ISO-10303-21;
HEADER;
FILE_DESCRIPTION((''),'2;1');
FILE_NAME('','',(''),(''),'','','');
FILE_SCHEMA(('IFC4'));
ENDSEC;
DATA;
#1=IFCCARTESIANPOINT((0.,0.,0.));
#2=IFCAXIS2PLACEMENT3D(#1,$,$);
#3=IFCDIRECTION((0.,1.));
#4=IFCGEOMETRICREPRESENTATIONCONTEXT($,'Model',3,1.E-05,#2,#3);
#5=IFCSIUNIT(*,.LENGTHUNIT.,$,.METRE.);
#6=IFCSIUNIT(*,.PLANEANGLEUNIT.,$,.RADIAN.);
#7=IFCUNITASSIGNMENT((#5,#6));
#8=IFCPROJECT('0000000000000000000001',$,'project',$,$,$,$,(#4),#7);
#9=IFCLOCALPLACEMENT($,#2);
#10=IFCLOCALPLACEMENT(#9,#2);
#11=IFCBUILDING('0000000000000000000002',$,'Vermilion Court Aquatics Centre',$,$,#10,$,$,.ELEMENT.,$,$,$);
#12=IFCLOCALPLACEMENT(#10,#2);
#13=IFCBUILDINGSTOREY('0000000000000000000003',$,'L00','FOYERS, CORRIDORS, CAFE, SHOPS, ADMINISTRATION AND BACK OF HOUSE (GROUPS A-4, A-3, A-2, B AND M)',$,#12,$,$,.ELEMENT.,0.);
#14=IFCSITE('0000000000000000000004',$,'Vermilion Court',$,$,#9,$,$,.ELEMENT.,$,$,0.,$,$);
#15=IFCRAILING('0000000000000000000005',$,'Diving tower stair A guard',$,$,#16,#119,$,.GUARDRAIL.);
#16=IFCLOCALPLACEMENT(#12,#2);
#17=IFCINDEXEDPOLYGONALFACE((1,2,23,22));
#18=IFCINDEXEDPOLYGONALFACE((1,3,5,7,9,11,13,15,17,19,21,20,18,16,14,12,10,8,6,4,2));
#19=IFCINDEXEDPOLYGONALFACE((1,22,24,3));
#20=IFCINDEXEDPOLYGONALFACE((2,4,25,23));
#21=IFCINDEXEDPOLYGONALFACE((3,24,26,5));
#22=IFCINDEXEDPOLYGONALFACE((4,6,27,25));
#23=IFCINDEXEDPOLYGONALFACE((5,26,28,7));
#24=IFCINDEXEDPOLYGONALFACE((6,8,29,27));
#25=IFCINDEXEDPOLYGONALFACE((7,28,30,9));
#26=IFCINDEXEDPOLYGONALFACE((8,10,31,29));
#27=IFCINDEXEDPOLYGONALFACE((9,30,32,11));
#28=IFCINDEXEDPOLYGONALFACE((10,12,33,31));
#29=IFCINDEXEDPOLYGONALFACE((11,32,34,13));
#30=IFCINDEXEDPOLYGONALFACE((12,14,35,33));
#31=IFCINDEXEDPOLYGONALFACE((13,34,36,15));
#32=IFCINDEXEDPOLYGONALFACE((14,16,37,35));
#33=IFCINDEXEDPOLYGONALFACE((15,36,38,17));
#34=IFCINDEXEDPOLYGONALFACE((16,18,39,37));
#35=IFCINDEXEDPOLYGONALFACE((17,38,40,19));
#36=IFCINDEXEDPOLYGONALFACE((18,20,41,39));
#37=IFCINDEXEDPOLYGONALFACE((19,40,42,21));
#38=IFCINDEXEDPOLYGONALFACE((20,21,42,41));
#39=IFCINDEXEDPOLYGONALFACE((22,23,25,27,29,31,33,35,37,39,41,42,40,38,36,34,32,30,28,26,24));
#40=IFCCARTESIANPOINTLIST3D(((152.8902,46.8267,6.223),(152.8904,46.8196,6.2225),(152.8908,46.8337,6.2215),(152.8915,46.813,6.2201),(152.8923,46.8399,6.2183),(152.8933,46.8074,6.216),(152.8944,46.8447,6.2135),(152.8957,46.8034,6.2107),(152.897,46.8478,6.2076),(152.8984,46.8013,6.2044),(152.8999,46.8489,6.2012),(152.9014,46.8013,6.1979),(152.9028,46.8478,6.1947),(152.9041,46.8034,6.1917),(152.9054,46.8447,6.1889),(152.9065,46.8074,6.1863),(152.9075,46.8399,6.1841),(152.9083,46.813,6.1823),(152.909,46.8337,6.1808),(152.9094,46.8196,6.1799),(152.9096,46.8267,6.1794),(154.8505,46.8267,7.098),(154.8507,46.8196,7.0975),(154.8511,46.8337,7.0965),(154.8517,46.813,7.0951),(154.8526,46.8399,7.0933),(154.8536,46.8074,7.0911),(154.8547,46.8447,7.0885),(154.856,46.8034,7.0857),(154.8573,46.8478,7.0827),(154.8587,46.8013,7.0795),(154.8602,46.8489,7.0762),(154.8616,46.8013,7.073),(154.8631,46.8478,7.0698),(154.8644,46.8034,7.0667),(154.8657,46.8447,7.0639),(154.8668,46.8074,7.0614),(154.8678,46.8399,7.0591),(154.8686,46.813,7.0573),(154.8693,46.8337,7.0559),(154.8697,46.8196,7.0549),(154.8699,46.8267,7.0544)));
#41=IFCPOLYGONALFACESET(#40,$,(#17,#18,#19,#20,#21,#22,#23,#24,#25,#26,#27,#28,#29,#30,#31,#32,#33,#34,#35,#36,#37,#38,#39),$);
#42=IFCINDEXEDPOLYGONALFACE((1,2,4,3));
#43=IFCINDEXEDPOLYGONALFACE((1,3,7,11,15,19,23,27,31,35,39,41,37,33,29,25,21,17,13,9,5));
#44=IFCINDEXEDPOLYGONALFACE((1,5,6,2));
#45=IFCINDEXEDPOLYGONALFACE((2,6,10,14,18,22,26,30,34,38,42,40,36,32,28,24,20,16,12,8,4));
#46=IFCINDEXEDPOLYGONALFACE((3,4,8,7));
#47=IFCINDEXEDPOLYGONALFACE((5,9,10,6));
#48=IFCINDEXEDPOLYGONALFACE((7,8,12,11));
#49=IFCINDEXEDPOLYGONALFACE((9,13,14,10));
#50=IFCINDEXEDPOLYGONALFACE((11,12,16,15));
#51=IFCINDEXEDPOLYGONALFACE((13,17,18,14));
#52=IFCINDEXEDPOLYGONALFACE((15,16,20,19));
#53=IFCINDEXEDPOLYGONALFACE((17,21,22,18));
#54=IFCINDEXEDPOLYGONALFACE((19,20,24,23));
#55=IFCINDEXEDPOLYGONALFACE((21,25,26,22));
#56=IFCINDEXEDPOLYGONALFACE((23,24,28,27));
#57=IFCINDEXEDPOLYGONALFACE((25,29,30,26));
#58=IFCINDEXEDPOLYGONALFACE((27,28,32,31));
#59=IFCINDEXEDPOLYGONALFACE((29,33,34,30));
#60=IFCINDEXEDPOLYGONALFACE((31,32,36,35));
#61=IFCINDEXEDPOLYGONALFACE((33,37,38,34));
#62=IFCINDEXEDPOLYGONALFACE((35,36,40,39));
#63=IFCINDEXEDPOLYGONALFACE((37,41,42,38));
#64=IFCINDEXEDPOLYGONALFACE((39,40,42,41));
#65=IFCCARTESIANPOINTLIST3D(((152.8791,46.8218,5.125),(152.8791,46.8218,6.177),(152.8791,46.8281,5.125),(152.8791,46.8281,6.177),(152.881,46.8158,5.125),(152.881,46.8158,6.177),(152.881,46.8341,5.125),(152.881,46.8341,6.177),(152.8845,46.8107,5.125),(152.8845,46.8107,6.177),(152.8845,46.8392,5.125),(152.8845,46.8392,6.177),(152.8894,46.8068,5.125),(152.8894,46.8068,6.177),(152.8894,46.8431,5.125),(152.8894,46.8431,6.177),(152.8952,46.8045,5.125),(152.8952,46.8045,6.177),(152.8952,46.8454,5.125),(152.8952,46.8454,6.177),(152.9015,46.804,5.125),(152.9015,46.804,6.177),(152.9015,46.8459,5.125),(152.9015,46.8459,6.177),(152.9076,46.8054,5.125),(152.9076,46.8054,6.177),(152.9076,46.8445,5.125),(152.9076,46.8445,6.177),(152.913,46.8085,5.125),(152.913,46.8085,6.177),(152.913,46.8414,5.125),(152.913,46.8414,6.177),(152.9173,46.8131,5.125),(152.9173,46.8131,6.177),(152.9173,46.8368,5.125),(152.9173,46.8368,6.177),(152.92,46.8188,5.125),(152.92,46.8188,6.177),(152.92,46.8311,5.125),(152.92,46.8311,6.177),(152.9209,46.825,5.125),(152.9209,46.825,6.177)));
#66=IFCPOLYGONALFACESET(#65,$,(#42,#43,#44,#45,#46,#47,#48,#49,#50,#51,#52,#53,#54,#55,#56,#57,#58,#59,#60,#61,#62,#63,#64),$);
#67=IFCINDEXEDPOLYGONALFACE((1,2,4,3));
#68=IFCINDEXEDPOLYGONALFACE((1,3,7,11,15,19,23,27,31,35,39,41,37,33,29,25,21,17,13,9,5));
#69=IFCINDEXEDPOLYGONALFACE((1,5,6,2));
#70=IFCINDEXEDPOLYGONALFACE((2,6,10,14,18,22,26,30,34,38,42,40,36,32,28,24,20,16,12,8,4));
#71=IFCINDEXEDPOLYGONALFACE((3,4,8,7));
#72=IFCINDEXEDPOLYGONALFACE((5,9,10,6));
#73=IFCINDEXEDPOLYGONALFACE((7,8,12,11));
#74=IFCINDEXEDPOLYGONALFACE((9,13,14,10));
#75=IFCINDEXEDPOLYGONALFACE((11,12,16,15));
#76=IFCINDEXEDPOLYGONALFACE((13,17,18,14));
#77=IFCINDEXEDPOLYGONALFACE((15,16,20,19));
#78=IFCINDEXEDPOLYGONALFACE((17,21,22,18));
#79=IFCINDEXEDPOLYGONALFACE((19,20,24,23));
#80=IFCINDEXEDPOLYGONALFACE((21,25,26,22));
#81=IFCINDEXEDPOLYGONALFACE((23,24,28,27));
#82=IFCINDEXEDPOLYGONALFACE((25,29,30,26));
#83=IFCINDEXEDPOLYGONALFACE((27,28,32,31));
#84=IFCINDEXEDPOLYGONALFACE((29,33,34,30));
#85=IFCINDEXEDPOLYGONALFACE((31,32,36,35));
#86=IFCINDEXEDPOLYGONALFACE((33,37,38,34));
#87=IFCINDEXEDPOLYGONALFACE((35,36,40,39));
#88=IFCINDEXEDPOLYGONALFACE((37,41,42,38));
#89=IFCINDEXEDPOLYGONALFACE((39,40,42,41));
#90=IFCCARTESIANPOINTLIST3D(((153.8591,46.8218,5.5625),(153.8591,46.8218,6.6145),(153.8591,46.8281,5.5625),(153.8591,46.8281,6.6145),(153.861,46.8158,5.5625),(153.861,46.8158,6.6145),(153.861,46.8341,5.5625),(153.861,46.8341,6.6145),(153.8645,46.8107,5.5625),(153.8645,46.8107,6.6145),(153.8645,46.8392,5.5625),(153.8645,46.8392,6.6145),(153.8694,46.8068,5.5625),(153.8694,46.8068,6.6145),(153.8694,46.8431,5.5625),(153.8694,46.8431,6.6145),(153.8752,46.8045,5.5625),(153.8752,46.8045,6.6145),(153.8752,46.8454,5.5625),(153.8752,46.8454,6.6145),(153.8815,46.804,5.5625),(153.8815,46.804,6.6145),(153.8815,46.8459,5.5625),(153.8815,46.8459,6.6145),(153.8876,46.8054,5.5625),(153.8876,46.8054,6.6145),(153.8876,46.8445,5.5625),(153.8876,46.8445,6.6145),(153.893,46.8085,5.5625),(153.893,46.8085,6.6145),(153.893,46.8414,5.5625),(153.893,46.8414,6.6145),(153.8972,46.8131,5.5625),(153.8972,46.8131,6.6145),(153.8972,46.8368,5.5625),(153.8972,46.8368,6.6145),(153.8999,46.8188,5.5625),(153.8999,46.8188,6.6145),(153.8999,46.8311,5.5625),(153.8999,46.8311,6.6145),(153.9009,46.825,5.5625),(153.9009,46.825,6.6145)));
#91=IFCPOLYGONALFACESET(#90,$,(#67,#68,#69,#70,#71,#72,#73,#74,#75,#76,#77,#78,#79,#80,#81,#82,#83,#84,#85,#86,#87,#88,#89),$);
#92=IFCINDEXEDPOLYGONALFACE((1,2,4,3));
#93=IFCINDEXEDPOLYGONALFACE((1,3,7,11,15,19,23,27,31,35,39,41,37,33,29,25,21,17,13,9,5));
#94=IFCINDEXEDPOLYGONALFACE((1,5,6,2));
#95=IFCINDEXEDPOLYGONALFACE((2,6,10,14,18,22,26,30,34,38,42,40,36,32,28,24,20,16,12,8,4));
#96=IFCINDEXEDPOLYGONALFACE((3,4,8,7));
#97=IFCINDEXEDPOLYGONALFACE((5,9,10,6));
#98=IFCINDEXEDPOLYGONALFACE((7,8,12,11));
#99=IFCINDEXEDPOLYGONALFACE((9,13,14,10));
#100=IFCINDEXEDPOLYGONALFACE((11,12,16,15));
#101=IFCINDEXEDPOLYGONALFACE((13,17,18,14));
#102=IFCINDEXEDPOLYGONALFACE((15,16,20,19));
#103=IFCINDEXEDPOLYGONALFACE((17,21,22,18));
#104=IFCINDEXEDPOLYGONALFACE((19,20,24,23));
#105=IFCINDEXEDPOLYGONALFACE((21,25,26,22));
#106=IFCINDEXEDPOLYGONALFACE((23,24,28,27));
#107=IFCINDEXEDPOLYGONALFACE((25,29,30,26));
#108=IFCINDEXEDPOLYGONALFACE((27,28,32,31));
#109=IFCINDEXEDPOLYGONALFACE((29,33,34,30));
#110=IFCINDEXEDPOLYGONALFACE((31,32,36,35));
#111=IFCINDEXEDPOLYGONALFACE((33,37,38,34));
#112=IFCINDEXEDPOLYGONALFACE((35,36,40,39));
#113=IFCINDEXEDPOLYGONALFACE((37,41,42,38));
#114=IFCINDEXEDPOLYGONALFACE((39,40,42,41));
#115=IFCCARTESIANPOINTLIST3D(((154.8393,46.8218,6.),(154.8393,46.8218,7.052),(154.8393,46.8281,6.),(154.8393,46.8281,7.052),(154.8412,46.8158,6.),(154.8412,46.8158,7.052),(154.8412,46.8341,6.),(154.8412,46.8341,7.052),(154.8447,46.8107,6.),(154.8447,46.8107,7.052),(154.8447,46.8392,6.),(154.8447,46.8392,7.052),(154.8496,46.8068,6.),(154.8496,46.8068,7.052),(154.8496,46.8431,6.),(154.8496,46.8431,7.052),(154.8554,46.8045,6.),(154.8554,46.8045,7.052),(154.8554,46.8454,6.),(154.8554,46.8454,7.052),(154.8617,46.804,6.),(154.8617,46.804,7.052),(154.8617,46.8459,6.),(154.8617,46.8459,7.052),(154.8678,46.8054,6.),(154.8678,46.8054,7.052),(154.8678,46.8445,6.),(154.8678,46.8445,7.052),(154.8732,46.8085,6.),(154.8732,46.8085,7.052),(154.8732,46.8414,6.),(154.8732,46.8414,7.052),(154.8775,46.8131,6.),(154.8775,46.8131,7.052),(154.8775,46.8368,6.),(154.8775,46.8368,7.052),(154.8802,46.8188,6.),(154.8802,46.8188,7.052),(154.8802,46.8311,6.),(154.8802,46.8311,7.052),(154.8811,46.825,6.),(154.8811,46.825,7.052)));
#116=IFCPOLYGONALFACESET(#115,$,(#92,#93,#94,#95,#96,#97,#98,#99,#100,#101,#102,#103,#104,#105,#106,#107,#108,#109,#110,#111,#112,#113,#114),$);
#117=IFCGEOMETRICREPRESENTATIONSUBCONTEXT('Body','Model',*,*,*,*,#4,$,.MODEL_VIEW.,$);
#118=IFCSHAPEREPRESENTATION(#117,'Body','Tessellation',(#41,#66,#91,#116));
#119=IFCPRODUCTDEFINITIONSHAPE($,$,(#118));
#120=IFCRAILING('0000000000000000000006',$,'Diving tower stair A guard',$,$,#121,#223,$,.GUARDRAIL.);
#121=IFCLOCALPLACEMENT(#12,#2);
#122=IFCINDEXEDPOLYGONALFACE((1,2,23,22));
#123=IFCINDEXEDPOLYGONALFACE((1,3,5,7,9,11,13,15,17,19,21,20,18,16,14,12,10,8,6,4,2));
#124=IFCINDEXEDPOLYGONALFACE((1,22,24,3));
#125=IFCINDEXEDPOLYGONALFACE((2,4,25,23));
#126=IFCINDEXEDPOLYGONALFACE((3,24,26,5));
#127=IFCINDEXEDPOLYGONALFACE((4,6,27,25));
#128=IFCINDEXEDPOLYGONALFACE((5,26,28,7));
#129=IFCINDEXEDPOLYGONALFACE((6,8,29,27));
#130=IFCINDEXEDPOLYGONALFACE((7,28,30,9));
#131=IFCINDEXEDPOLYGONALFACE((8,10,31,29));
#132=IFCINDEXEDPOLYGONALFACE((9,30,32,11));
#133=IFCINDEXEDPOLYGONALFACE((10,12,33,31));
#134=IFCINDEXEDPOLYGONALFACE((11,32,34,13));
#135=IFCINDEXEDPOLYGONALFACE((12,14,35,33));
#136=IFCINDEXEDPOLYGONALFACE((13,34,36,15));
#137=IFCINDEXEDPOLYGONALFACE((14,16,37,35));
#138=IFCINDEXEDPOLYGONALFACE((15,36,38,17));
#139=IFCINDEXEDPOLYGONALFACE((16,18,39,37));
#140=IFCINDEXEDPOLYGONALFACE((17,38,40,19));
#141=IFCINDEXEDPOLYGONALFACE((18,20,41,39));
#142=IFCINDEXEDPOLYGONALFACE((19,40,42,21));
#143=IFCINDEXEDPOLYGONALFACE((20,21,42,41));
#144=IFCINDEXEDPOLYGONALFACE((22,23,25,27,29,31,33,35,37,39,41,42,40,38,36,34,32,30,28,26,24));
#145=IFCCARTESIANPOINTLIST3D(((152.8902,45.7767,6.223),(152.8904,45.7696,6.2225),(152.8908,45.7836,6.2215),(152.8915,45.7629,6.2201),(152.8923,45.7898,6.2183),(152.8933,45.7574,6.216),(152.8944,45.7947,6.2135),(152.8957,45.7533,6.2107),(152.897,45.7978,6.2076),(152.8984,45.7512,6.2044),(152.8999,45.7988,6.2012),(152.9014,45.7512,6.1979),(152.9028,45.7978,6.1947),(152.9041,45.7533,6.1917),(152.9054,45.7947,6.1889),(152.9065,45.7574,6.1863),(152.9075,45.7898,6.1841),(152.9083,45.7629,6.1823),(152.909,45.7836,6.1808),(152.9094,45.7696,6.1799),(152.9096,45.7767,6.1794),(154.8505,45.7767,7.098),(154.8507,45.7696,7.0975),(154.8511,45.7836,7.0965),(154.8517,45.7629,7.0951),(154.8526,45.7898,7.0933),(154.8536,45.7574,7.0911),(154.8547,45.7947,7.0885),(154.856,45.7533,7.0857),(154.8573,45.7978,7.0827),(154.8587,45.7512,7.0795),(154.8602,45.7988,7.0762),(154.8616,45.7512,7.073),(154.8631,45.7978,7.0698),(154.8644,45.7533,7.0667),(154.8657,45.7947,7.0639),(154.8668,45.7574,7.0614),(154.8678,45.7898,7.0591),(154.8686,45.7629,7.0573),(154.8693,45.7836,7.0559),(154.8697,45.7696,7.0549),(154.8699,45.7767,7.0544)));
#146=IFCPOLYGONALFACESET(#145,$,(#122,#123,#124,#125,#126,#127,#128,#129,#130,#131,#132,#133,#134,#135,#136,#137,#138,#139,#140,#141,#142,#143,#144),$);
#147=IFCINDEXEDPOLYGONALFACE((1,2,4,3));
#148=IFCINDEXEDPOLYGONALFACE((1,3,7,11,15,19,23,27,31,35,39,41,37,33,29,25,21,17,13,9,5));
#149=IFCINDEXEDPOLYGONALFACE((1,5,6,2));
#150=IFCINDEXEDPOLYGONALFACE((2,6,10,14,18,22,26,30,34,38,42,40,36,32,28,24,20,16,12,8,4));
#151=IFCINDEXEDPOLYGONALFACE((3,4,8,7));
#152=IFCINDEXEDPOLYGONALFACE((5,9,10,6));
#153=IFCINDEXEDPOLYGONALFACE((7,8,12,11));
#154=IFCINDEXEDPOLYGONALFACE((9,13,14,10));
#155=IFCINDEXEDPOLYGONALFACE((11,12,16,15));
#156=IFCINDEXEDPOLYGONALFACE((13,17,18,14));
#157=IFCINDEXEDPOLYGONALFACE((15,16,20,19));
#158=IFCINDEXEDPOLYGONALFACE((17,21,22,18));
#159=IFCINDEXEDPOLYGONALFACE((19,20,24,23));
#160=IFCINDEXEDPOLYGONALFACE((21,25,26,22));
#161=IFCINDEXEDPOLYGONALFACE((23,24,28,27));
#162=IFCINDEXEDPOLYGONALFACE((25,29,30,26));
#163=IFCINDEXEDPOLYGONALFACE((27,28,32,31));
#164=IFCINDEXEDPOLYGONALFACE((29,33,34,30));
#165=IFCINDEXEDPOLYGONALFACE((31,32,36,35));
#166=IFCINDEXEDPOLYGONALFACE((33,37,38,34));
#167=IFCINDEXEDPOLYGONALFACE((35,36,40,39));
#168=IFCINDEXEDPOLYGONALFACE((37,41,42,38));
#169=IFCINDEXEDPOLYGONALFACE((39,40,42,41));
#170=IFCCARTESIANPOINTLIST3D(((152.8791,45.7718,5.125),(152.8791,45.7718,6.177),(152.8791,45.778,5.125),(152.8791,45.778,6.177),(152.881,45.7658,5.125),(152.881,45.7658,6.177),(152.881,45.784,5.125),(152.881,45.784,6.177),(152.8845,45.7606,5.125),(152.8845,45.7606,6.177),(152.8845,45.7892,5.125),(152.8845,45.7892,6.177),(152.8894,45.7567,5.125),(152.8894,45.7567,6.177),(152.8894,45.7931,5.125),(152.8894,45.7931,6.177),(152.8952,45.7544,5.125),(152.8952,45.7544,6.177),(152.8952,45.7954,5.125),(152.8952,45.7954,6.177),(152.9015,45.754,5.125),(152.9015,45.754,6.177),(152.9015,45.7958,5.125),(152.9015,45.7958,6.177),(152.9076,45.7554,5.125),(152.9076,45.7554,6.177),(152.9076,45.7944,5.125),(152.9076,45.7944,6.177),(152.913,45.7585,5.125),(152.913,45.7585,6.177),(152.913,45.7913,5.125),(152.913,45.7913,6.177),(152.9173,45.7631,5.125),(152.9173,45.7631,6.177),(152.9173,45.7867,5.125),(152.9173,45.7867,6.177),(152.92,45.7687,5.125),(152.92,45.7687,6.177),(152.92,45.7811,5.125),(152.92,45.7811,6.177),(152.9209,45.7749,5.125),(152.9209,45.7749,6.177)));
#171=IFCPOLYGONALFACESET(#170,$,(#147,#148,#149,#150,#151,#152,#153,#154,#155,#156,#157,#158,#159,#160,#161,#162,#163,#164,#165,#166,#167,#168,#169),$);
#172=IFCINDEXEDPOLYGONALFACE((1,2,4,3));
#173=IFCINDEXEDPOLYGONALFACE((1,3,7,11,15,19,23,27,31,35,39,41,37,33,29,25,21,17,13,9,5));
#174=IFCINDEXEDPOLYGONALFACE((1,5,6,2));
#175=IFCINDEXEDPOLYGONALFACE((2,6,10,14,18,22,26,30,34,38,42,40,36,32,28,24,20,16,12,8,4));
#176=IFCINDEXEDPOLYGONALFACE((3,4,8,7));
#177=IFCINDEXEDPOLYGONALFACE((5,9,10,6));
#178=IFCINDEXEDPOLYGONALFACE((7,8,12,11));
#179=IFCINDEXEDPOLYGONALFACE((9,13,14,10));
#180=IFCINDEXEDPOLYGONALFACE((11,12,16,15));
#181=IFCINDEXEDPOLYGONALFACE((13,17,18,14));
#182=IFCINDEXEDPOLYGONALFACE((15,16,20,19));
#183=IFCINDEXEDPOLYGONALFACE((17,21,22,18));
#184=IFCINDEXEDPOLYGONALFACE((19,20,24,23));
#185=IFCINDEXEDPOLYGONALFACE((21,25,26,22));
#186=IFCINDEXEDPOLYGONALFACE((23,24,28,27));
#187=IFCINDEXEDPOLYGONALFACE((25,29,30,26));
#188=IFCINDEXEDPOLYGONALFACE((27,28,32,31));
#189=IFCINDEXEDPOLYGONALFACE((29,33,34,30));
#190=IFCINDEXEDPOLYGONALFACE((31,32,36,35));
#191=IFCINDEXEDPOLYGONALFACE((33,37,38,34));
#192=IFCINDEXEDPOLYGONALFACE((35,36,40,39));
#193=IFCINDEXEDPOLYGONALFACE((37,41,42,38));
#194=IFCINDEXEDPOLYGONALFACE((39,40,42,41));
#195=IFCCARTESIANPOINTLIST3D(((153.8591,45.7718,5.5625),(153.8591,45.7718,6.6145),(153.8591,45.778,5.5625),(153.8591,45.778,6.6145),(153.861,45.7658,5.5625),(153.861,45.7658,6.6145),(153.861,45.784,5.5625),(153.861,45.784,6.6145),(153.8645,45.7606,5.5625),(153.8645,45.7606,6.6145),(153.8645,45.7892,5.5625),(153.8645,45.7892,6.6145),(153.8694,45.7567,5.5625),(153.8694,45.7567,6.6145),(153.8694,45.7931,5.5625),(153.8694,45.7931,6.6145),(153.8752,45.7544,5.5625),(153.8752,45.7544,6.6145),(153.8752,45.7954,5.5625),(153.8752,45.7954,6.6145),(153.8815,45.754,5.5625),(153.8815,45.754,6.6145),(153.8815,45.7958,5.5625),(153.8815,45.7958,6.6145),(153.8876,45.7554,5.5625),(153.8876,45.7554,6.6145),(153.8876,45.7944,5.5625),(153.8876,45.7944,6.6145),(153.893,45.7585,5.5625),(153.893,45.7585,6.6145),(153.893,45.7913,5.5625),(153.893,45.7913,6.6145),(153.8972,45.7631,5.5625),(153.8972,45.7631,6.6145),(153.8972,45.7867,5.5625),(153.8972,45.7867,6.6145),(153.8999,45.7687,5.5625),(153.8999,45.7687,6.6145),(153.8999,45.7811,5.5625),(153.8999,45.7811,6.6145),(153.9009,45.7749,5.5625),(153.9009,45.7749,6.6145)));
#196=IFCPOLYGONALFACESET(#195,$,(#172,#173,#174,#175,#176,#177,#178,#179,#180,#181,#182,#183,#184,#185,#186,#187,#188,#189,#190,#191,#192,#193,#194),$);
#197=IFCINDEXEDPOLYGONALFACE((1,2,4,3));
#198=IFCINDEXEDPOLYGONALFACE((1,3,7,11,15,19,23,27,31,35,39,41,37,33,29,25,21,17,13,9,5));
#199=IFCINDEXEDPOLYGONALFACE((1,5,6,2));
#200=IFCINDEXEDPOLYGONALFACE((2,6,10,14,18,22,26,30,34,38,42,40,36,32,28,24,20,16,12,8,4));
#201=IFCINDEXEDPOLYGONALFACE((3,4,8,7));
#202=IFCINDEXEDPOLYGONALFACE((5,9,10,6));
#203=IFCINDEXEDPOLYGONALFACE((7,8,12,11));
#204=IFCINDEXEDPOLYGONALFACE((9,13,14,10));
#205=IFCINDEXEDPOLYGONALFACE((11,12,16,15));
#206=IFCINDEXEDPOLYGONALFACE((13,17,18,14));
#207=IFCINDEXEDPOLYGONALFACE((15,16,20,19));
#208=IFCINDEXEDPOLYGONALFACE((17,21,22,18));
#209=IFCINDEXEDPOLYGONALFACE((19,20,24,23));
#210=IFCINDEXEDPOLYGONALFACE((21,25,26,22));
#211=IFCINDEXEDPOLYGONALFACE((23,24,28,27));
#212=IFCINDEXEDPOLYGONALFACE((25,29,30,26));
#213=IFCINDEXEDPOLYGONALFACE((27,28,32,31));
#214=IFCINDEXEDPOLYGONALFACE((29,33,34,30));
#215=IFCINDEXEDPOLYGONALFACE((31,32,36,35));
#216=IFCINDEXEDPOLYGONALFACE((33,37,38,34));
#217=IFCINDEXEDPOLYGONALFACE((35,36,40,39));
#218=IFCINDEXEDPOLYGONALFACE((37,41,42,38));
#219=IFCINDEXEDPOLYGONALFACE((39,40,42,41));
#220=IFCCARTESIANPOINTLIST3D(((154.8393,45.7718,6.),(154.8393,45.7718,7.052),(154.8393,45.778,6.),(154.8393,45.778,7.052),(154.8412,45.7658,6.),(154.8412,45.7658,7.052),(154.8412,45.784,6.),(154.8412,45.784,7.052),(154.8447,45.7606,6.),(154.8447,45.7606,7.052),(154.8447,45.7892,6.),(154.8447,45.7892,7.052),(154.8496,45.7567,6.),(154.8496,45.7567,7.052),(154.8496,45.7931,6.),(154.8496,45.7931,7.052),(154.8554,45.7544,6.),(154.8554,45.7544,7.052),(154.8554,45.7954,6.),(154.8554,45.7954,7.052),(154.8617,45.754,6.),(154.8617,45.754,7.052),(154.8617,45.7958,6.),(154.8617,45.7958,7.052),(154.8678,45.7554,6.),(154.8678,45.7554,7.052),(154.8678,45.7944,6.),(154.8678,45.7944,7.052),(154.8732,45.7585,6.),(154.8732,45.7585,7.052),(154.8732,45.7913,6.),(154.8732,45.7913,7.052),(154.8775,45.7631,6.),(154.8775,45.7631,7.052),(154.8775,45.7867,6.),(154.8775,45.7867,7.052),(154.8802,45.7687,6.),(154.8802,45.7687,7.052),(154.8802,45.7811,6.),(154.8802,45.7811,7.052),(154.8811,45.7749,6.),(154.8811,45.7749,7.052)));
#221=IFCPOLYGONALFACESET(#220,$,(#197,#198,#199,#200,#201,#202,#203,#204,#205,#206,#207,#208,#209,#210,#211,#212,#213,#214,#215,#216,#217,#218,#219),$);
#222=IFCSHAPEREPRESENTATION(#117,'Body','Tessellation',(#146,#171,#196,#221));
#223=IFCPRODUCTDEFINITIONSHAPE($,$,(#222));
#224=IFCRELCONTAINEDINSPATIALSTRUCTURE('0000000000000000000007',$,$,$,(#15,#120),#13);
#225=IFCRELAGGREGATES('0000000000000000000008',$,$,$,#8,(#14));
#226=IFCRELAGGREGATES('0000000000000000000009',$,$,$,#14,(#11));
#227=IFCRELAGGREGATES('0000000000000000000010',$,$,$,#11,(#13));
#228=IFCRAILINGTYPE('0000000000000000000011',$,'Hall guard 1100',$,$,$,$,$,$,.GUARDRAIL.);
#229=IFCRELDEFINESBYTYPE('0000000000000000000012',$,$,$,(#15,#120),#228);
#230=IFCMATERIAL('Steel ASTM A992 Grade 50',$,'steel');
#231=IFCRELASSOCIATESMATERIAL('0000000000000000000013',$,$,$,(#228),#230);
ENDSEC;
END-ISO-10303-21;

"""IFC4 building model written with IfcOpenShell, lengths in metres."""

from ifc_helpers import new_model, si_unit, direction, frame, origin, origin_2d, place, context, subcontext, project, spatial, circle, extrude, material, type_object, element, save


model = new_model("IFC4")

# Units and contexts
model_context = context("Model", 3, precision=1e-05, world=origin(), true_north=direction((0.0, 1.0)))
body_context = subcontext(model_context, "Body", "Model", "MODEL_VIEW")
ifc_project = project(units=[si_unit("LENGTHUNIT", "METRE"), si_unit("PLANEANGLEUNIT", "RADIAN")], contexts=[model_context])

# Site, building, storey
site_placement = place(None, origin())
site = spatial("IfcSite", under=ifc_project, at=site_placement, Name="Vermilion Court", CompositionType="ELEMENT", RefElevation=0.0)
building_placement = place(site_placement, origin())
building = spatial("IfcBuilding", under=site, at=building_placement, Name="Vermilion Court Aquatics Centre", CompositionType="ELEMENT")
storey_placement = place(building_placement, origin())
storey = spatial("IfcBuildingStorey", under=building, at=storey_placement, Name="L00", Description="FOYERS, CORRIDORS, CAFE, SHOPS, ADMINISTRATION AND BACK OF HOUSE (GROUPS A-4, A-3, A-2, B AND M)", CompositionType="ELEMENT", Elevation=0.0)

# Railings
ifc_material_1 = material(Name="Steel ASTM A992 Grade 50", Category="steel")
railing_type = type_object("IfcRailingType", Name="Hall guard 1100", PredefinedType="GUARDRAIL", material=ifc_material_1)
for number, where, name in (
    (1, (152.8999, 46.825, 5.125), "Diving tower stair A guard"),
    (2, (152.8999, 45.7749, 5.125), "Diving tower stair A guard"),
):
    element("IfcRailing", number, at=place(storey_placement, frame(where)), inside=storey, type_object=railing_type, Name=name, PredefinedType="GUARDRAIL", context=body_context, shape_type="SweptSolid", body=[
        extrude(circle(Radius=0.0239, at=origin_2d()), frame((0.0, 0.0, 1.0762), z_axis=(0.913154, 0.0, 0.407615), x_axis=(0.0, 1.0, 0.0)), (0.0, 0.0, 1.0), 2.1467),
        extrude(circle(Radius=0.021, at=origin_2d()), origin(), (0.0, 0.0, 1.0), 1.052),
        extrude(circle(Radius=0.021, at=origin_2d()), frame((0.98, 0.0, 0.4375)), (0.0, 0.0, 1.0), 1.052),
        extrude(circle(Radius=0.021, at=origin_2d()), frame((1.9602, 0.0, 0.875)), (0.0, 0.0, 1.0), 1.052),
    ])

save(model, "model.ifc")
